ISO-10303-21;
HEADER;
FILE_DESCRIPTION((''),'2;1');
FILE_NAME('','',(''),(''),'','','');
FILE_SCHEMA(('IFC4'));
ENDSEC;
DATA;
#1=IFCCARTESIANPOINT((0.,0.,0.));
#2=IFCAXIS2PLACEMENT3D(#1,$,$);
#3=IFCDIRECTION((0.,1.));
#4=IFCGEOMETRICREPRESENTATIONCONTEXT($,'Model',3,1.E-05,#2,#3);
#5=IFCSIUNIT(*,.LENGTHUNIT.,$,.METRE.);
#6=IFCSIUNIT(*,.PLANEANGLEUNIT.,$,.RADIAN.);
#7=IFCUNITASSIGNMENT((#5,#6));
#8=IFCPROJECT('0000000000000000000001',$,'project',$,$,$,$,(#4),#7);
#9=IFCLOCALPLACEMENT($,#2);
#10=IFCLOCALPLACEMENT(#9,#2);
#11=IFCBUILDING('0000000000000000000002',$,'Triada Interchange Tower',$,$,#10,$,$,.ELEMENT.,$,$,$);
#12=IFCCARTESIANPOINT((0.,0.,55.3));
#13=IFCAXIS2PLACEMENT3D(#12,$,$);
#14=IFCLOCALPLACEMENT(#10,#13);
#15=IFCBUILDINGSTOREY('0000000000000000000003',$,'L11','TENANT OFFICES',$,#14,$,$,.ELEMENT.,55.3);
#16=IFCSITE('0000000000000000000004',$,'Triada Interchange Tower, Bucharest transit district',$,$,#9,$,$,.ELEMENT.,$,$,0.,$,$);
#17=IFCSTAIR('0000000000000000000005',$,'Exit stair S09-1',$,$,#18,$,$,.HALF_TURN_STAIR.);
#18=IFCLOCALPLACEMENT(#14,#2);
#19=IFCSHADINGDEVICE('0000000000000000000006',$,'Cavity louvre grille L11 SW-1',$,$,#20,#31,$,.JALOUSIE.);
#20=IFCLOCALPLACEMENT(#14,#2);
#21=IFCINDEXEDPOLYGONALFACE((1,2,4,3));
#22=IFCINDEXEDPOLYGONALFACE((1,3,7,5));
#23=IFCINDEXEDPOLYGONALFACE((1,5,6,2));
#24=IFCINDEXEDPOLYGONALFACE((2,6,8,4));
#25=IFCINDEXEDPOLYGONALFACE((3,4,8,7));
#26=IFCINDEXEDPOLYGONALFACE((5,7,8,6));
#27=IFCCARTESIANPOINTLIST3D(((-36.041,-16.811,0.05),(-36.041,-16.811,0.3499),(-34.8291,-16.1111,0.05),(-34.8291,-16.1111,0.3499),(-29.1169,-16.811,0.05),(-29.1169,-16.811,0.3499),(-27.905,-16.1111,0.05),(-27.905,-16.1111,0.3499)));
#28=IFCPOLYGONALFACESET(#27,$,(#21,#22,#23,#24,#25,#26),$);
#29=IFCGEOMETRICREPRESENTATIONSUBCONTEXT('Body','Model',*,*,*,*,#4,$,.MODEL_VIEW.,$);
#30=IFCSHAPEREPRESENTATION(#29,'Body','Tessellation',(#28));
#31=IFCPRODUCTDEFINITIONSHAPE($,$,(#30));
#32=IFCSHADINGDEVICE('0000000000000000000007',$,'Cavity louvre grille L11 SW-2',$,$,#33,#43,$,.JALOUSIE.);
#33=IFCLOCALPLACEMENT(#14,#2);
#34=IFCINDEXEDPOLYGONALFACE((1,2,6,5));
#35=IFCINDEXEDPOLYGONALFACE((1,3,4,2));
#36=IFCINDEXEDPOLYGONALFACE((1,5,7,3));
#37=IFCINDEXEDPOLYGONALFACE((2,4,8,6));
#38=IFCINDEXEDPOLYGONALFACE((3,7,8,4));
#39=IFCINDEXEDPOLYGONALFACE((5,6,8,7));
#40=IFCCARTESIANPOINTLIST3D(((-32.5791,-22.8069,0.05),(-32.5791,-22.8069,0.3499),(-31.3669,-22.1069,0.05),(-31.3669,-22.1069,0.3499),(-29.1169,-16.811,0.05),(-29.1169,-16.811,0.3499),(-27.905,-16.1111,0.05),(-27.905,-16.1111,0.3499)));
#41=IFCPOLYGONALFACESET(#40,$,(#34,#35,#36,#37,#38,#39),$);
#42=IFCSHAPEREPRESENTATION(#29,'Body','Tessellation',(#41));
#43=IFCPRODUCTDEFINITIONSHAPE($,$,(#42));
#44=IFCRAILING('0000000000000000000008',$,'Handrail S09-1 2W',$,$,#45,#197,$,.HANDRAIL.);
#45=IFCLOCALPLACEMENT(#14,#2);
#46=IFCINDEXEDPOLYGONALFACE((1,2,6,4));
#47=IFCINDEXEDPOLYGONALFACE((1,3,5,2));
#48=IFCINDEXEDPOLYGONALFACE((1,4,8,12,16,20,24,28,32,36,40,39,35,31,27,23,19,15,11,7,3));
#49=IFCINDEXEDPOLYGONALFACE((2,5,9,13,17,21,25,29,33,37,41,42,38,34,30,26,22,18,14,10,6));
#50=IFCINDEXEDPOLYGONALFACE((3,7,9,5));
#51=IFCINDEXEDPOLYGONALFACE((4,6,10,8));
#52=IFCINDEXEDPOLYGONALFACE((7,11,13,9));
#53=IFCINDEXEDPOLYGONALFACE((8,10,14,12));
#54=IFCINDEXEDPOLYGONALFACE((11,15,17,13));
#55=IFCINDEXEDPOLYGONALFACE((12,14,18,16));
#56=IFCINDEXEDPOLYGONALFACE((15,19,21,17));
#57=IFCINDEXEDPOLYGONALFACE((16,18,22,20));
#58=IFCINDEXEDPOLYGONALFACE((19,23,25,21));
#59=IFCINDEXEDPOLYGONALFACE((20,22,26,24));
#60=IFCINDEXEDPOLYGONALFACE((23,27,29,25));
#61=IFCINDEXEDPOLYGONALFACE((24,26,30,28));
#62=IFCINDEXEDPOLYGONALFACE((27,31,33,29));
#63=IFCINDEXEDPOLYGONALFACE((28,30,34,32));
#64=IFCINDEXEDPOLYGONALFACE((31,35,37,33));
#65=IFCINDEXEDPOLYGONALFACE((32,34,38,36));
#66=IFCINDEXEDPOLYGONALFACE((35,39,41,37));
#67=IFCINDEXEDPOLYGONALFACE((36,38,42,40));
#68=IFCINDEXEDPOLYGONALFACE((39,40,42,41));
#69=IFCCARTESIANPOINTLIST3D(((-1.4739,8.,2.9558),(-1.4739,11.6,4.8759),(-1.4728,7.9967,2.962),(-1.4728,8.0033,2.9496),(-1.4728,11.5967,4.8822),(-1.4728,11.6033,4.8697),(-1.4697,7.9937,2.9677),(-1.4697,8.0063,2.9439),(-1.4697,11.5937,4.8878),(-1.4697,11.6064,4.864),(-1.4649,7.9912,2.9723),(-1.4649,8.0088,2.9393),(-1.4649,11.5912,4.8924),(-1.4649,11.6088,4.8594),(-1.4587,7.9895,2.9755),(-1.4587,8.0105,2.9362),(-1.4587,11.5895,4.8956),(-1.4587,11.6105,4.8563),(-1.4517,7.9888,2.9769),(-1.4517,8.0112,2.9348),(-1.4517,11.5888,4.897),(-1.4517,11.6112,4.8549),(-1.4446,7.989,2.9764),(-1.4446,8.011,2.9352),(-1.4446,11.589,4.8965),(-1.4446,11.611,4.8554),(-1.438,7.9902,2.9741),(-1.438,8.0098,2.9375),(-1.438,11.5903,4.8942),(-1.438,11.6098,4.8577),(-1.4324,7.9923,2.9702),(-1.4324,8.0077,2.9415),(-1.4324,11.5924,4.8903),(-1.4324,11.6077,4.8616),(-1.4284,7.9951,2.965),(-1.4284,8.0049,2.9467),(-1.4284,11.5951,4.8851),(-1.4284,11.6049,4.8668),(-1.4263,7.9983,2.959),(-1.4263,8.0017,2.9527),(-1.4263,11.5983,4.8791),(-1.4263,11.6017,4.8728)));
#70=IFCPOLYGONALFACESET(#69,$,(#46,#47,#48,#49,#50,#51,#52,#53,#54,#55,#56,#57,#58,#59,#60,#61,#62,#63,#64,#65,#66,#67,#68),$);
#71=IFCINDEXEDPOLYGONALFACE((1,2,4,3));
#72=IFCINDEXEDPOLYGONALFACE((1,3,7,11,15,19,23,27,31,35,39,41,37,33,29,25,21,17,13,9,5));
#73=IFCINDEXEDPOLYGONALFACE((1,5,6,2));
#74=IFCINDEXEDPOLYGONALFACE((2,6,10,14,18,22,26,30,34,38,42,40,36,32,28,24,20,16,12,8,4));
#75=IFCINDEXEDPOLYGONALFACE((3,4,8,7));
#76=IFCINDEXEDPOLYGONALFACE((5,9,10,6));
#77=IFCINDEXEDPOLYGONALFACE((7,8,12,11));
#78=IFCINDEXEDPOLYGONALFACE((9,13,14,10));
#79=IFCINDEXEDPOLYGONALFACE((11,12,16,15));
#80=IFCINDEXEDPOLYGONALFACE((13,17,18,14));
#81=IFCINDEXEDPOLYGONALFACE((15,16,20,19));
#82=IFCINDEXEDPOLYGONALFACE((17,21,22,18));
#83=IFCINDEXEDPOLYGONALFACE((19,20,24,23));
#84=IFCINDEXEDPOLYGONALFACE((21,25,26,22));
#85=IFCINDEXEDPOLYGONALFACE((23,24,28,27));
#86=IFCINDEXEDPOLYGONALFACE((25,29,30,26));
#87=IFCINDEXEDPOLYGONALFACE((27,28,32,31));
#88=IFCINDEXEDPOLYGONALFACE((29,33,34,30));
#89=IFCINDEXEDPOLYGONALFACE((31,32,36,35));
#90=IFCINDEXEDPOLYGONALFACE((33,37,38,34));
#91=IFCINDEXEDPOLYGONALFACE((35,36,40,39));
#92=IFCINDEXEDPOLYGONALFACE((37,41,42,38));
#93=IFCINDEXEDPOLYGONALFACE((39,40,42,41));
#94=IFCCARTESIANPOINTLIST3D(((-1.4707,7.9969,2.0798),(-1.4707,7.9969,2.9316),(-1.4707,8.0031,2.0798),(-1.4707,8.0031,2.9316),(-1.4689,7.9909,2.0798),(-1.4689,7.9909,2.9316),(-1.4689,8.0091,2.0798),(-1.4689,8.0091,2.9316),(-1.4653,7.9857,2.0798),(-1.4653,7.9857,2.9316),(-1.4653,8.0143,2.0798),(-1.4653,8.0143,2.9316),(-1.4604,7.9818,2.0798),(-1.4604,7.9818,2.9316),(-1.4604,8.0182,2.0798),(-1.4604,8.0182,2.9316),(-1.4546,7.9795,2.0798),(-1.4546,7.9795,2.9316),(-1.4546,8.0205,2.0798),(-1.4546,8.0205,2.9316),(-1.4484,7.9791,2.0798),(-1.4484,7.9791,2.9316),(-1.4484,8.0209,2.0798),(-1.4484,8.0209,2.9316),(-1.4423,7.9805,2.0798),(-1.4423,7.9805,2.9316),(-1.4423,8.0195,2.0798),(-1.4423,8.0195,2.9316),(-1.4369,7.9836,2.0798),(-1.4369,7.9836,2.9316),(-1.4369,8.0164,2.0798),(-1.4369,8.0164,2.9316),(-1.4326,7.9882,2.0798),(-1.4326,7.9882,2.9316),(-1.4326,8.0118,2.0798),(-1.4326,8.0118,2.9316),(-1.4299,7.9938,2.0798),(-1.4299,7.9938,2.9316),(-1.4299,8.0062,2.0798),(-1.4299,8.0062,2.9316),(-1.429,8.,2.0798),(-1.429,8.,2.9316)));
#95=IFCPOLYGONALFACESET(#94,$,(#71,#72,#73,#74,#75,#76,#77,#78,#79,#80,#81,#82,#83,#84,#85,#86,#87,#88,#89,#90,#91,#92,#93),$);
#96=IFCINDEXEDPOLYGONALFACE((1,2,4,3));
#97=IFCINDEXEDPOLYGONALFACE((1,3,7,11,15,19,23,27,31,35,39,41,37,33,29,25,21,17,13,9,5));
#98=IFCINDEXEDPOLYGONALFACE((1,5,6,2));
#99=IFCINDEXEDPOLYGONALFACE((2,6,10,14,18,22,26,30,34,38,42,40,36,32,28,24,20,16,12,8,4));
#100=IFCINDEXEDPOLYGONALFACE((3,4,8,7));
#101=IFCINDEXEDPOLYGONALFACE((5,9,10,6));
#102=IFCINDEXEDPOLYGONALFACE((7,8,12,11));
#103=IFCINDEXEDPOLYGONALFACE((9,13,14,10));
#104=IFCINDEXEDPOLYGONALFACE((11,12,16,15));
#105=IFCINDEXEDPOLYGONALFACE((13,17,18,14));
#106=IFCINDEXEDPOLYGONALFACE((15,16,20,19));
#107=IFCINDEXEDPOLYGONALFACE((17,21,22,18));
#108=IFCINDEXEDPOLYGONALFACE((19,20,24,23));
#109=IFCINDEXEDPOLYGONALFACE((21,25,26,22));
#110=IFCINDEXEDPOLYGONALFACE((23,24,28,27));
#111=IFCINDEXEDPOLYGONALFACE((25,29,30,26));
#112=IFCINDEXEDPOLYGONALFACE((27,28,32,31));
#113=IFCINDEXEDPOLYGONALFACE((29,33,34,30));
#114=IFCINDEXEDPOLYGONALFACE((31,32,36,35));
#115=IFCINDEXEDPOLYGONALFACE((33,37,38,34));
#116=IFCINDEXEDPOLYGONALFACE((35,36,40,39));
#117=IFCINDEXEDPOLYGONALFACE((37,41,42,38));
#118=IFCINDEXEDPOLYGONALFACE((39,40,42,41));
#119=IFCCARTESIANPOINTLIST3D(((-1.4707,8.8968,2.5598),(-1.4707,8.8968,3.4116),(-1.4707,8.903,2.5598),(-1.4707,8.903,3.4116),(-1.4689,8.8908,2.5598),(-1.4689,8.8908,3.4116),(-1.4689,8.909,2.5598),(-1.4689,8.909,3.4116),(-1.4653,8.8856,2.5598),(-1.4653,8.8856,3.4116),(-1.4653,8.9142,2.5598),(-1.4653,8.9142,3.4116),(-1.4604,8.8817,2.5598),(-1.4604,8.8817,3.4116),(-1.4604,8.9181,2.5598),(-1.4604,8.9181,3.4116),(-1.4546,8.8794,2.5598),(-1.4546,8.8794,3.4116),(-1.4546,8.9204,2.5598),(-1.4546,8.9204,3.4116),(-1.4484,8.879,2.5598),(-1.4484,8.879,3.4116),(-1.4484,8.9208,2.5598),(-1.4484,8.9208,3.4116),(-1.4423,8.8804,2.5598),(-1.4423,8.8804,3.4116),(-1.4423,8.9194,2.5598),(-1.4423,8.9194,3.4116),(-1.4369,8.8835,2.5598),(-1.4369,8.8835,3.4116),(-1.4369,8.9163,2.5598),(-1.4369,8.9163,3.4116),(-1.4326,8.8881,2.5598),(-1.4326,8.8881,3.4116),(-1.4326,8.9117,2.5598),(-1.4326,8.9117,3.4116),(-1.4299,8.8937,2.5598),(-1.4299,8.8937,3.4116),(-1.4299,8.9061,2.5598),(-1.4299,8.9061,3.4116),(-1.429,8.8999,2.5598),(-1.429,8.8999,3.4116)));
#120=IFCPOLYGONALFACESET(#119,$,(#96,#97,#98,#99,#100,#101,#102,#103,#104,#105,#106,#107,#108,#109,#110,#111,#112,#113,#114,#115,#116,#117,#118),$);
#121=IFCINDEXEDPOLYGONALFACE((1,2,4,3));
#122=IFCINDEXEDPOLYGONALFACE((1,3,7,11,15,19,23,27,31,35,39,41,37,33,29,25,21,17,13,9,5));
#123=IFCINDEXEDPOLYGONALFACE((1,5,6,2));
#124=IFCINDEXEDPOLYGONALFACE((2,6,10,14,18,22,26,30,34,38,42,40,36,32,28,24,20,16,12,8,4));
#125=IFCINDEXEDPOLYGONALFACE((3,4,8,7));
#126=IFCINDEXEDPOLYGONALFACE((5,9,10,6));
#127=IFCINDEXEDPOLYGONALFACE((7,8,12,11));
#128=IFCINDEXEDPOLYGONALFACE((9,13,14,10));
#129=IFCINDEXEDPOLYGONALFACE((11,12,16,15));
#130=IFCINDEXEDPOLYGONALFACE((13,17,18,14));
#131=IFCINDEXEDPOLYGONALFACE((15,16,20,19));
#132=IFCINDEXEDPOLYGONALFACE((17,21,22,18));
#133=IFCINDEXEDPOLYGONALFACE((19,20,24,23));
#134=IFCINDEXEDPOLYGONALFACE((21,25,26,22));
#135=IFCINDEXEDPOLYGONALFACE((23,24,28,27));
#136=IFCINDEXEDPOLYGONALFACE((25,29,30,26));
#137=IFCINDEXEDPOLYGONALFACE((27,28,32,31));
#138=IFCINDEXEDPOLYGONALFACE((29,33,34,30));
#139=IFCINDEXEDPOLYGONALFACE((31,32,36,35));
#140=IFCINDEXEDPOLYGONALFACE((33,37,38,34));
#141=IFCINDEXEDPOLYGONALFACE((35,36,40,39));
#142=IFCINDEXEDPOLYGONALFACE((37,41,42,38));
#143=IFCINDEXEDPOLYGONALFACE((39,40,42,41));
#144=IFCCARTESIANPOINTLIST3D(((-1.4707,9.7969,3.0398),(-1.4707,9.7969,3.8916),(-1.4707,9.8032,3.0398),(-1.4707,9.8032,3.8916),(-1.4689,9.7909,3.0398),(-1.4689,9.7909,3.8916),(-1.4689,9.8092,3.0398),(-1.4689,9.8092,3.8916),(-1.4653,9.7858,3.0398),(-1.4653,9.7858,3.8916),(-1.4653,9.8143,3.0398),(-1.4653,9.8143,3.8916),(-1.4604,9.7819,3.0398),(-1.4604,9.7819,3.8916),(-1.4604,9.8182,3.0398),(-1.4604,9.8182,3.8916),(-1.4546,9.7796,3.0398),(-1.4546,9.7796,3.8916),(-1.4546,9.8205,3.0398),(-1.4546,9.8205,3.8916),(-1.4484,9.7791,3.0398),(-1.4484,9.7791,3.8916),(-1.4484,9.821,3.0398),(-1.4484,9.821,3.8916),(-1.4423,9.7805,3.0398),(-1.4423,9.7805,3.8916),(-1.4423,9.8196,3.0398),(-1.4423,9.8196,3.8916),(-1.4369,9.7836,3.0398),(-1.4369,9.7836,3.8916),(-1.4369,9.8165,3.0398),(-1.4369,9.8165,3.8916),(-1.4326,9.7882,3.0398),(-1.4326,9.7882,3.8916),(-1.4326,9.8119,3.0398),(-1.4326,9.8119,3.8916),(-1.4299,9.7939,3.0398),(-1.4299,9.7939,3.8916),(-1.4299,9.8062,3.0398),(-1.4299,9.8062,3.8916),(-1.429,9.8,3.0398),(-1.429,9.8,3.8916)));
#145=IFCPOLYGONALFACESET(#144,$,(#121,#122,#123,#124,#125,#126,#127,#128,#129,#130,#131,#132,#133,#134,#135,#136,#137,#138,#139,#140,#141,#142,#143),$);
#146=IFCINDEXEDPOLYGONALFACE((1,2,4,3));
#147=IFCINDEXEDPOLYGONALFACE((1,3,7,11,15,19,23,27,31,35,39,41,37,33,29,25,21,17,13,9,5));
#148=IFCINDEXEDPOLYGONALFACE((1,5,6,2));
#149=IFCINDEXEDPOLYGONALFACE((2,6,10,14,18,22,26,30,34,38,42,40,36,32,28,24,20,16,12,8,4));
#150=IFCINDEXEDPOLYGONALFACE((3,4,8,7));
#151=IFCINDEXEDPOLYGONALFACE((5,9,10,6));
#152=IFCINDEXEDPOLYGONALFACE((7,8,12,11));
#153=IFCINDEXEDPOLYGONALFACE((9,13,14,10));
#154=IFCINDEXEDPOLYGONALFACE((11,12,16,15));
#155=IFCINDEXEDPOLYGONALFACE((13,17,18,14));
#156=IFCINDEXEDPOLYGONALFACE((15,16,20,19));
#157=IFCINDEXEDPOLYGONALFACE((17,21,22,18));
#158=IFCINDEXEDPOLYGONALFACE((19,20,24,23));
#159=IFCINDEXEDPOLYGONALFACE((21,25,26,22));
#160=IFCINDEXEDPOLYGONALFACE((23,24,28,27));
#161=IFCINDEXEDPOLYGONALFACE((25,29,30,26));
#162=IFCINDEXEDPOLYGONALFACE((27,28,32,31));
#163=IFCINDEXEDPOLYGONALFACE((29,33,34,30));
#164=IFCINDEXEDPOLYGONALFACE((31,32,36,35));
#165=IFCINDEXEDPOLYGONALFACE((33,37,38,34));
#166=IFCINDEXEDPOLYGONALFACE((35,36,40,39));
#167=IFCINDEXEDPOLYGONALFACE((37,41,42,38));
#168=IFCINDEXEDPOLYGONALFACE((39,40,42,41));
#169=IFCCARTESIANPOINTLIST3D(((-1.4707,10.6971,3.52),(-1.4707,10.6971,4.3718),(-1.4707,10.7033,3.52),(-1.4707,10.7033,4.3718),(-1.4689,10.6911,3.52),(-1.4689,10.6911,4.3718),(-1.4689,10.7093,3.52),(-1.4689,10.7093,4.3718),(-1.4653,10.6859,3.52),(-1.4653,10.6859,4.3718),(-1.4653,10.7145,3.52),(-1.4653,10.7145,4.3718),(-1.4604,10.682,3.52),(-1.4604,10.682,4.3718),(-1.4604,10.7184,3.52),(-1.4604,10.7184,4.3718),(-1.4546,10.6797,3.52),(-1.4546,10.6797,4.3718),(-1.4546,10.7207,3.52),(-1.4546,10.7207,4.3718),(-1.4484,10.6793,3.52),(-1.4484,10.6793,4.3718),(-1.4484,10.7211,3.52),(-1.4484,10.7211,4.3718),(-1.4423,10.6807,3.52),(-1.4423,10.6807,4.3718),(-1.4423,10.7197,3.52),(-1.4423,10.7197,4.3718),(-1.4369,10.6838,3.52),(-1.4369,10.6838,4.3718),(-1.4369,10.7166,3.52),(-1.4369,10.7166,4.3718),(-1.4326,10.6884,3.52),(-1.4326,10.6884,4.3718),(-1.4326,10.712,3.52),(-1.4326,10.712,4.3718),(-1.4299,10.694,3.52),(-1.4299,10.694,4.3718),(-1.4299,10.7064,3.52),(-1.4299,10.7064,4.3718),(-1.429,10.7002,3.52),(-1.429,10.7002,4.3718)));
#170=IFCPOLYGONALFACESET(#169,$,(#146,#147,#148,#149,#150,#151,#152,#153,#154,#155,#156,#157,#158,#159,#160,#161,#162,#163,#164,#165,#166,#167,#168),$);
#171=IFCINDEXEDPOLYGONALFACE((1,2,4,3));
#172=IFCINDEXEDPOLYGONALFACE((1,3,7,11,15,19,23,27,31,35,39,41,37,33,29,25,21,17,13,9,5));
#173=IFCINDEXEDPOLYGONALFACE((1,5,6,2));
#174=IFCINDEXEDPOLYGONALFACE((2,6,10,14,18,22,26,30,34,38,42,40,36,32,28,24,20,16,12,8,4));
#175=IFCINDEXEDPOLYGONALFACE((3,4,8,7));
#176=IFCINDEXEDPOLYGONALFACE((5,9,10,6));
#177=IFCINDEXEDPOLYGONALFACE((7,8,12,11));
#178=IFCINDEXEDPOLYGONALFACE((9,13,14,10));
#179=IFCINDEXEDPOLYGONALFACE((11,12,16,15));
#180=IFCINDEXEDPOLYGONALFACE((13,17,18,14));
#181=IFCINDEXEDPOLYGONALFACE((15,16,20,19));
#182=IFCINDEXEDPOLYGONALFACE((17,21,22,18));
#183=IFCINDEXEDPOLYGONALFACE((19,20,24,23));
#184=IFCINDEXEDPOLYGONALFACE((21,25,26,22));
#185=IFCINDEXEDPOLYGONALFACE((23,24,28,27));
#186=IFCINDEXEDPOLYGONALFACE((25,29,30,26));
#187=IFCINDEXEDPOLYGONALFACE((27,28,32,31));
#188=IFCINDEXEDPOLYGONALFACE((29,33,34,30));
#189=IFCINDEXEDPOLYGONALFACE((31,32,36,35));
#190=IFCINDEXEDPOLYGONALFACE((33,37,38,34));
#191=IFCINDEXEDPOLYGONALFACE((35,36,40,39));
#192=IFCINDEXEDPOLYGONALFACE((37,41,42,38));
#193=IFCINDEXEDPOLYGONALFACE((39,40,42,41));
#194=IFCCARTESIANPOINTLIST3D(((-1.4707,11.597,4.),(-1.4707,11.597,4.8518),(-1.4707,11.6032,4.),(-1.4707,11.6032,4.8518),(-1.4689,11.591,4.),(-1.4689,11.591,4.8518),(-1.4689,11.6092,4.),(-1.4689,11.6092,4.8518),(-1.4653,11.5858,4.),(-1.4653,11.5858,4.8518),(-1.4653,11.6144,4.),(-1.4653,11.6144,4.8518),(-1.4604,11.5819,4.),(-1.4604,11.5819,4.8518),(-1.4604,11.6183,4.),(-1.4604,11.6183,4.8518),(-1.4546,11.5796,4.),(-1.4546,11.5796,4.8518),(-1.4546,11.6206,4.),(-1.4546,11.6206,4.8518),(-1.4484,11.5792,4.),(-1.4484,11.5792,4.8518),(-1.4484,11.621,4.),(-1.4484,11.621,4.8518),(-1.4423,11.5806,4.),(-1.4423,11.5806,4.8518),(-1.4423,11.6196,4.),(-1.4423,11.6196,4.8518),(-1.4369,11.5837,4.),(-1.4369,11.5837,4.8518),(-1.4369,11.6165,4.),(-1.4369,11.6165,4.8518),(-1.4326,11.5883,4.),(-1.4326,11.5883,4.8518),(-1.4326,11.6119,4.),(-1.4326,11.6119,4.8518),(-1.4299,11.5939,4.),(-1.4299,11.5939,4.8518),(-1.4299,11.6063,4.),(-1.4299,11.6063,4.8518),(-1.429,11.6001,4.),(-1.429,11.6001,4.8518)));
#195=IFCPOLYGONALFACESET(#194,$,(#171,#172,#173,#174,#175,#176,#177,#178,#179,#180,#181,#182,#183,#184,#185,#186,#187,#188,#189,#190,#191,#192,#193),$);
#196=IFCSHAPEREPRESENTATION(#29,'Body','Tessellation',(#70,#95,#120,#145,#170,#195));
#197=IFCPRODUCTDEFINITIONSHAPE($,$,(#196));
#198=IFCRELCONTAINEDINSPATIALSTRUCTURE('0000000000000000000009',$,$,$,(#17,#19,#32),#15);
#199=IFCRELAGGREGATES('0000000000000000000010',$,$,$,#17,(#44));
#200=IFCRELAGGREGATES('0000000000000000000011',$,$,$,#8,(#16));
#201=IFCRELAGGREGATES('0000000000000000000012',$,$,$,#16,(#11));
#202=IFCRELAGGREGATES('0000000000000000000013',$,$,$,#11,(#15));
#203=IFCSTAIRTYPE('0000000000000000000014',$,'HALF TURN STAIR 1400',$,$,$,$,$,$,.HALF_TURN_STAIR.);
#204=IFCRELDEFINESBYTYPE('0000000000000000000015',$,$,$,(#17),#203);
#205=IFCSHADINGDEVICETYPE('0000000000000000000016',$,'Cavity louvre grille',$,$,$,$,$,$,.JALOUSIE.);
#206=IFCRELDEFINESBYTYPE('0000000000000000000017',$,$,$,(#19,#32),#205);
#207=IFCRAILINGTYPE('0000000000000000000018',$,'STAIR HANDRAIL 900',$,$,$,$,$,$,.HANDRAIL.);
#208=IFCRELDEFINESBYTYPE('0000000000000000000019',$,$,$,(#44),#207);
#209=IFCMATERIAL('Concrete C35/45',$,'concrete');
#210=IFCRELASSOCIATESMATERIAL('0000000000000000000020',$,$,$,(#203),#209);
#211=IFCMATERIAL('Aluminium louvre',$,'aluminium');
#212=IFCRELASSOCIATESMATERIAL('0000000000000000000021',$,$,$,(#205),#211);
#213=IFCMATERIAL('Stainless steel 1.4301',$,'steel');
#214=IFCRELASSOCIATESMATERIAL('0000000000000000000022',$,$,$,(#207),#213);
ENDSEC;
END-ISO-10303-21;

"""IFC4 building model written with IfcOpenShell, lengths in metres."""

from ifc_helpers import new_model, si_unit, direction, frame, origin, origin_2d, place, context, subcontext, project, spatial, polyline, circle, outline, extrude, material, type_object, element, aggregate, save


model = new_model("IFC4")

# Units and contexts
model_context = context("Model", 3, precision=1e-05, world=origin(), true_north=direction((0.0, 1.0)))
body_context = subcontext(model_context, "Body", "Model", "MODEL_VIEW")
ifc_project = project(units=[si_unit("LENGTHUNIT", "METRE"), si_unit("PLANEANGLEUNIT", "RADIAN")], contexts=[model_context])

# Site, building, storey
site_placement = place(None, origin())
site = spatial("IfcSite", under=ifc_project, at=site_placement, Name="Triada Interchange Tower, Bucharest transit district", CompositionType="ELEMENT", RefElevation=0.0)
building_placement = place(site_placement, origin())
building = spatial("IfcBuilding", under=site, at=building_placement, Name="Triada Interchange Tower", CompositionType="ELEMENT")
storey_placement = place(building_placement, frame((0.0, 0.0, 55.3)))
storey = spatial("IfcBuildingStorey", under=building, at=storey_placement, Name="L11", Description="TENANT OFFICES", CompositionType="ELEMENT", Elevation=55.3)

# Stair
ifc_material_1 = material(Name="Concrete C35/45", Category="concrete")
stair_type = type_object("IfcStairType", Name="HALF TURN STAIR 1400", PredefinedType="HALF_TURN_STAIR", material=ifc_material_1)
stair_placement = place(storey_placement, origin())
stair = element("IfcStair", 1, at=stair_placement, inside=storey, type_object=stair_type, Name="Exit stair S09-1", PredefinedType="HALF_TURN_STAIR")

# Shading devices
ifc_material_2 = material(Name="Aluminium louvre", Category="aluminium")
shading_device_type = type_object("IfcShadingDeviceType", Name="Cavity louvre grille", PredefinedType="JALOUSIE", material=ifc_material_2)
shading_device_1_placement = place(storey_placement, frame((0.0, 0.0, 0.05)))
element("IfcShadingDevice", 2, at=shading_device_1_placement, inside=storey, type_object=shading_device_type, Name="Cavity louvre grille L11 SW-1", PredefinedType="JALOUSIE", context=body_context, shape_type="SweptSolid", body=[
    extrude(outline(polyline([(-34.8291, -16.1111), (-36.041, -16.811), (-29.1169, -16.811), (-27.905, -16.1111), (-34.8291, -16.1111)])), origin(), (0.0, 0.0, 1.0), 0.2998),
])
shading_device_2_placement = place(storey_placement, frame((0.0, 0.0, 0.05)))
element("IfcShadingDevice", 3, at=shading_device_2_placement, inside=storey, type_object=shading_device_type, Name="Cavity louvre grille L11 SW-2", PredefinedType="JALOUSIE", context=body_context, shape_type="SweptSolid", body=[
    extrude(outline(polyline([(-27.905, -16.1111), (-29.1169, -16.811), (-32.5791, -22.8069), (-31.3669, -22.1069), (-27.905, -16.1111)])), origin(), (0.0, 0.0, 1.0), 0.2998),
])

# Railing
ifc_material_3 = material(Name="Stainless steel 1.4301", Category="steel")
railing_type = type_object("IfcRailingType", Name="STAIR HANDRAIL 900", PredefinedType="HANDRAIL", material=ifc_material_3)
railing_1_placement = place(storey_placement, frame((-1.45, 8.0, 2.0798)))
railing_1 = element("IfcRailing", 4, at=railing_1_placement, type_object=railing_type, Name="Handrail S09-1 2W", PredefinedType="HANDRAIL", context=body_context, shape_type="SweptSolid", body=[
    extrude(circle(Radius=0.0239, at=origin_2d()), frame((0.0, 0.0, 0.876), z_axis=(0.0, 0.882341, 0.47061), x_axis=(-1.0, 0.0, 0.0)), (0.0, 0.0, 1.0), 4.0801),
    extrude(circle(Radius=0.021, at=origin_2d()), origin(), (0.0, 0.0, 1.0), 0.8518),
    extrude(circle(Radius=0.021, at=origin_2d()), frame((0.0, 0.8999, 0.48)), (0.0, 0.0, 1.0), 0.8518),
    extrude(circle(Radius=0.021, at=origin_2d()), frame((0.0, 1.8, 0.96)), (0.0, 0.0, 1.0), 0.8518),
    extrude(circle(Radius=0.021, at=origin_2d()), frame((0.0, 2.7002, 1.4402)), (0.0, 0.0, 1.0), 0.8518),
    extrude(circle(Radius=0.021, at=origin_2d()), frame((0.0, 3.6001, 1.9202)), (0.0, 0.0, 1.0), 0.8518),
])
aggregate(stair, [railing_1])

save(model, "model.ifc")
